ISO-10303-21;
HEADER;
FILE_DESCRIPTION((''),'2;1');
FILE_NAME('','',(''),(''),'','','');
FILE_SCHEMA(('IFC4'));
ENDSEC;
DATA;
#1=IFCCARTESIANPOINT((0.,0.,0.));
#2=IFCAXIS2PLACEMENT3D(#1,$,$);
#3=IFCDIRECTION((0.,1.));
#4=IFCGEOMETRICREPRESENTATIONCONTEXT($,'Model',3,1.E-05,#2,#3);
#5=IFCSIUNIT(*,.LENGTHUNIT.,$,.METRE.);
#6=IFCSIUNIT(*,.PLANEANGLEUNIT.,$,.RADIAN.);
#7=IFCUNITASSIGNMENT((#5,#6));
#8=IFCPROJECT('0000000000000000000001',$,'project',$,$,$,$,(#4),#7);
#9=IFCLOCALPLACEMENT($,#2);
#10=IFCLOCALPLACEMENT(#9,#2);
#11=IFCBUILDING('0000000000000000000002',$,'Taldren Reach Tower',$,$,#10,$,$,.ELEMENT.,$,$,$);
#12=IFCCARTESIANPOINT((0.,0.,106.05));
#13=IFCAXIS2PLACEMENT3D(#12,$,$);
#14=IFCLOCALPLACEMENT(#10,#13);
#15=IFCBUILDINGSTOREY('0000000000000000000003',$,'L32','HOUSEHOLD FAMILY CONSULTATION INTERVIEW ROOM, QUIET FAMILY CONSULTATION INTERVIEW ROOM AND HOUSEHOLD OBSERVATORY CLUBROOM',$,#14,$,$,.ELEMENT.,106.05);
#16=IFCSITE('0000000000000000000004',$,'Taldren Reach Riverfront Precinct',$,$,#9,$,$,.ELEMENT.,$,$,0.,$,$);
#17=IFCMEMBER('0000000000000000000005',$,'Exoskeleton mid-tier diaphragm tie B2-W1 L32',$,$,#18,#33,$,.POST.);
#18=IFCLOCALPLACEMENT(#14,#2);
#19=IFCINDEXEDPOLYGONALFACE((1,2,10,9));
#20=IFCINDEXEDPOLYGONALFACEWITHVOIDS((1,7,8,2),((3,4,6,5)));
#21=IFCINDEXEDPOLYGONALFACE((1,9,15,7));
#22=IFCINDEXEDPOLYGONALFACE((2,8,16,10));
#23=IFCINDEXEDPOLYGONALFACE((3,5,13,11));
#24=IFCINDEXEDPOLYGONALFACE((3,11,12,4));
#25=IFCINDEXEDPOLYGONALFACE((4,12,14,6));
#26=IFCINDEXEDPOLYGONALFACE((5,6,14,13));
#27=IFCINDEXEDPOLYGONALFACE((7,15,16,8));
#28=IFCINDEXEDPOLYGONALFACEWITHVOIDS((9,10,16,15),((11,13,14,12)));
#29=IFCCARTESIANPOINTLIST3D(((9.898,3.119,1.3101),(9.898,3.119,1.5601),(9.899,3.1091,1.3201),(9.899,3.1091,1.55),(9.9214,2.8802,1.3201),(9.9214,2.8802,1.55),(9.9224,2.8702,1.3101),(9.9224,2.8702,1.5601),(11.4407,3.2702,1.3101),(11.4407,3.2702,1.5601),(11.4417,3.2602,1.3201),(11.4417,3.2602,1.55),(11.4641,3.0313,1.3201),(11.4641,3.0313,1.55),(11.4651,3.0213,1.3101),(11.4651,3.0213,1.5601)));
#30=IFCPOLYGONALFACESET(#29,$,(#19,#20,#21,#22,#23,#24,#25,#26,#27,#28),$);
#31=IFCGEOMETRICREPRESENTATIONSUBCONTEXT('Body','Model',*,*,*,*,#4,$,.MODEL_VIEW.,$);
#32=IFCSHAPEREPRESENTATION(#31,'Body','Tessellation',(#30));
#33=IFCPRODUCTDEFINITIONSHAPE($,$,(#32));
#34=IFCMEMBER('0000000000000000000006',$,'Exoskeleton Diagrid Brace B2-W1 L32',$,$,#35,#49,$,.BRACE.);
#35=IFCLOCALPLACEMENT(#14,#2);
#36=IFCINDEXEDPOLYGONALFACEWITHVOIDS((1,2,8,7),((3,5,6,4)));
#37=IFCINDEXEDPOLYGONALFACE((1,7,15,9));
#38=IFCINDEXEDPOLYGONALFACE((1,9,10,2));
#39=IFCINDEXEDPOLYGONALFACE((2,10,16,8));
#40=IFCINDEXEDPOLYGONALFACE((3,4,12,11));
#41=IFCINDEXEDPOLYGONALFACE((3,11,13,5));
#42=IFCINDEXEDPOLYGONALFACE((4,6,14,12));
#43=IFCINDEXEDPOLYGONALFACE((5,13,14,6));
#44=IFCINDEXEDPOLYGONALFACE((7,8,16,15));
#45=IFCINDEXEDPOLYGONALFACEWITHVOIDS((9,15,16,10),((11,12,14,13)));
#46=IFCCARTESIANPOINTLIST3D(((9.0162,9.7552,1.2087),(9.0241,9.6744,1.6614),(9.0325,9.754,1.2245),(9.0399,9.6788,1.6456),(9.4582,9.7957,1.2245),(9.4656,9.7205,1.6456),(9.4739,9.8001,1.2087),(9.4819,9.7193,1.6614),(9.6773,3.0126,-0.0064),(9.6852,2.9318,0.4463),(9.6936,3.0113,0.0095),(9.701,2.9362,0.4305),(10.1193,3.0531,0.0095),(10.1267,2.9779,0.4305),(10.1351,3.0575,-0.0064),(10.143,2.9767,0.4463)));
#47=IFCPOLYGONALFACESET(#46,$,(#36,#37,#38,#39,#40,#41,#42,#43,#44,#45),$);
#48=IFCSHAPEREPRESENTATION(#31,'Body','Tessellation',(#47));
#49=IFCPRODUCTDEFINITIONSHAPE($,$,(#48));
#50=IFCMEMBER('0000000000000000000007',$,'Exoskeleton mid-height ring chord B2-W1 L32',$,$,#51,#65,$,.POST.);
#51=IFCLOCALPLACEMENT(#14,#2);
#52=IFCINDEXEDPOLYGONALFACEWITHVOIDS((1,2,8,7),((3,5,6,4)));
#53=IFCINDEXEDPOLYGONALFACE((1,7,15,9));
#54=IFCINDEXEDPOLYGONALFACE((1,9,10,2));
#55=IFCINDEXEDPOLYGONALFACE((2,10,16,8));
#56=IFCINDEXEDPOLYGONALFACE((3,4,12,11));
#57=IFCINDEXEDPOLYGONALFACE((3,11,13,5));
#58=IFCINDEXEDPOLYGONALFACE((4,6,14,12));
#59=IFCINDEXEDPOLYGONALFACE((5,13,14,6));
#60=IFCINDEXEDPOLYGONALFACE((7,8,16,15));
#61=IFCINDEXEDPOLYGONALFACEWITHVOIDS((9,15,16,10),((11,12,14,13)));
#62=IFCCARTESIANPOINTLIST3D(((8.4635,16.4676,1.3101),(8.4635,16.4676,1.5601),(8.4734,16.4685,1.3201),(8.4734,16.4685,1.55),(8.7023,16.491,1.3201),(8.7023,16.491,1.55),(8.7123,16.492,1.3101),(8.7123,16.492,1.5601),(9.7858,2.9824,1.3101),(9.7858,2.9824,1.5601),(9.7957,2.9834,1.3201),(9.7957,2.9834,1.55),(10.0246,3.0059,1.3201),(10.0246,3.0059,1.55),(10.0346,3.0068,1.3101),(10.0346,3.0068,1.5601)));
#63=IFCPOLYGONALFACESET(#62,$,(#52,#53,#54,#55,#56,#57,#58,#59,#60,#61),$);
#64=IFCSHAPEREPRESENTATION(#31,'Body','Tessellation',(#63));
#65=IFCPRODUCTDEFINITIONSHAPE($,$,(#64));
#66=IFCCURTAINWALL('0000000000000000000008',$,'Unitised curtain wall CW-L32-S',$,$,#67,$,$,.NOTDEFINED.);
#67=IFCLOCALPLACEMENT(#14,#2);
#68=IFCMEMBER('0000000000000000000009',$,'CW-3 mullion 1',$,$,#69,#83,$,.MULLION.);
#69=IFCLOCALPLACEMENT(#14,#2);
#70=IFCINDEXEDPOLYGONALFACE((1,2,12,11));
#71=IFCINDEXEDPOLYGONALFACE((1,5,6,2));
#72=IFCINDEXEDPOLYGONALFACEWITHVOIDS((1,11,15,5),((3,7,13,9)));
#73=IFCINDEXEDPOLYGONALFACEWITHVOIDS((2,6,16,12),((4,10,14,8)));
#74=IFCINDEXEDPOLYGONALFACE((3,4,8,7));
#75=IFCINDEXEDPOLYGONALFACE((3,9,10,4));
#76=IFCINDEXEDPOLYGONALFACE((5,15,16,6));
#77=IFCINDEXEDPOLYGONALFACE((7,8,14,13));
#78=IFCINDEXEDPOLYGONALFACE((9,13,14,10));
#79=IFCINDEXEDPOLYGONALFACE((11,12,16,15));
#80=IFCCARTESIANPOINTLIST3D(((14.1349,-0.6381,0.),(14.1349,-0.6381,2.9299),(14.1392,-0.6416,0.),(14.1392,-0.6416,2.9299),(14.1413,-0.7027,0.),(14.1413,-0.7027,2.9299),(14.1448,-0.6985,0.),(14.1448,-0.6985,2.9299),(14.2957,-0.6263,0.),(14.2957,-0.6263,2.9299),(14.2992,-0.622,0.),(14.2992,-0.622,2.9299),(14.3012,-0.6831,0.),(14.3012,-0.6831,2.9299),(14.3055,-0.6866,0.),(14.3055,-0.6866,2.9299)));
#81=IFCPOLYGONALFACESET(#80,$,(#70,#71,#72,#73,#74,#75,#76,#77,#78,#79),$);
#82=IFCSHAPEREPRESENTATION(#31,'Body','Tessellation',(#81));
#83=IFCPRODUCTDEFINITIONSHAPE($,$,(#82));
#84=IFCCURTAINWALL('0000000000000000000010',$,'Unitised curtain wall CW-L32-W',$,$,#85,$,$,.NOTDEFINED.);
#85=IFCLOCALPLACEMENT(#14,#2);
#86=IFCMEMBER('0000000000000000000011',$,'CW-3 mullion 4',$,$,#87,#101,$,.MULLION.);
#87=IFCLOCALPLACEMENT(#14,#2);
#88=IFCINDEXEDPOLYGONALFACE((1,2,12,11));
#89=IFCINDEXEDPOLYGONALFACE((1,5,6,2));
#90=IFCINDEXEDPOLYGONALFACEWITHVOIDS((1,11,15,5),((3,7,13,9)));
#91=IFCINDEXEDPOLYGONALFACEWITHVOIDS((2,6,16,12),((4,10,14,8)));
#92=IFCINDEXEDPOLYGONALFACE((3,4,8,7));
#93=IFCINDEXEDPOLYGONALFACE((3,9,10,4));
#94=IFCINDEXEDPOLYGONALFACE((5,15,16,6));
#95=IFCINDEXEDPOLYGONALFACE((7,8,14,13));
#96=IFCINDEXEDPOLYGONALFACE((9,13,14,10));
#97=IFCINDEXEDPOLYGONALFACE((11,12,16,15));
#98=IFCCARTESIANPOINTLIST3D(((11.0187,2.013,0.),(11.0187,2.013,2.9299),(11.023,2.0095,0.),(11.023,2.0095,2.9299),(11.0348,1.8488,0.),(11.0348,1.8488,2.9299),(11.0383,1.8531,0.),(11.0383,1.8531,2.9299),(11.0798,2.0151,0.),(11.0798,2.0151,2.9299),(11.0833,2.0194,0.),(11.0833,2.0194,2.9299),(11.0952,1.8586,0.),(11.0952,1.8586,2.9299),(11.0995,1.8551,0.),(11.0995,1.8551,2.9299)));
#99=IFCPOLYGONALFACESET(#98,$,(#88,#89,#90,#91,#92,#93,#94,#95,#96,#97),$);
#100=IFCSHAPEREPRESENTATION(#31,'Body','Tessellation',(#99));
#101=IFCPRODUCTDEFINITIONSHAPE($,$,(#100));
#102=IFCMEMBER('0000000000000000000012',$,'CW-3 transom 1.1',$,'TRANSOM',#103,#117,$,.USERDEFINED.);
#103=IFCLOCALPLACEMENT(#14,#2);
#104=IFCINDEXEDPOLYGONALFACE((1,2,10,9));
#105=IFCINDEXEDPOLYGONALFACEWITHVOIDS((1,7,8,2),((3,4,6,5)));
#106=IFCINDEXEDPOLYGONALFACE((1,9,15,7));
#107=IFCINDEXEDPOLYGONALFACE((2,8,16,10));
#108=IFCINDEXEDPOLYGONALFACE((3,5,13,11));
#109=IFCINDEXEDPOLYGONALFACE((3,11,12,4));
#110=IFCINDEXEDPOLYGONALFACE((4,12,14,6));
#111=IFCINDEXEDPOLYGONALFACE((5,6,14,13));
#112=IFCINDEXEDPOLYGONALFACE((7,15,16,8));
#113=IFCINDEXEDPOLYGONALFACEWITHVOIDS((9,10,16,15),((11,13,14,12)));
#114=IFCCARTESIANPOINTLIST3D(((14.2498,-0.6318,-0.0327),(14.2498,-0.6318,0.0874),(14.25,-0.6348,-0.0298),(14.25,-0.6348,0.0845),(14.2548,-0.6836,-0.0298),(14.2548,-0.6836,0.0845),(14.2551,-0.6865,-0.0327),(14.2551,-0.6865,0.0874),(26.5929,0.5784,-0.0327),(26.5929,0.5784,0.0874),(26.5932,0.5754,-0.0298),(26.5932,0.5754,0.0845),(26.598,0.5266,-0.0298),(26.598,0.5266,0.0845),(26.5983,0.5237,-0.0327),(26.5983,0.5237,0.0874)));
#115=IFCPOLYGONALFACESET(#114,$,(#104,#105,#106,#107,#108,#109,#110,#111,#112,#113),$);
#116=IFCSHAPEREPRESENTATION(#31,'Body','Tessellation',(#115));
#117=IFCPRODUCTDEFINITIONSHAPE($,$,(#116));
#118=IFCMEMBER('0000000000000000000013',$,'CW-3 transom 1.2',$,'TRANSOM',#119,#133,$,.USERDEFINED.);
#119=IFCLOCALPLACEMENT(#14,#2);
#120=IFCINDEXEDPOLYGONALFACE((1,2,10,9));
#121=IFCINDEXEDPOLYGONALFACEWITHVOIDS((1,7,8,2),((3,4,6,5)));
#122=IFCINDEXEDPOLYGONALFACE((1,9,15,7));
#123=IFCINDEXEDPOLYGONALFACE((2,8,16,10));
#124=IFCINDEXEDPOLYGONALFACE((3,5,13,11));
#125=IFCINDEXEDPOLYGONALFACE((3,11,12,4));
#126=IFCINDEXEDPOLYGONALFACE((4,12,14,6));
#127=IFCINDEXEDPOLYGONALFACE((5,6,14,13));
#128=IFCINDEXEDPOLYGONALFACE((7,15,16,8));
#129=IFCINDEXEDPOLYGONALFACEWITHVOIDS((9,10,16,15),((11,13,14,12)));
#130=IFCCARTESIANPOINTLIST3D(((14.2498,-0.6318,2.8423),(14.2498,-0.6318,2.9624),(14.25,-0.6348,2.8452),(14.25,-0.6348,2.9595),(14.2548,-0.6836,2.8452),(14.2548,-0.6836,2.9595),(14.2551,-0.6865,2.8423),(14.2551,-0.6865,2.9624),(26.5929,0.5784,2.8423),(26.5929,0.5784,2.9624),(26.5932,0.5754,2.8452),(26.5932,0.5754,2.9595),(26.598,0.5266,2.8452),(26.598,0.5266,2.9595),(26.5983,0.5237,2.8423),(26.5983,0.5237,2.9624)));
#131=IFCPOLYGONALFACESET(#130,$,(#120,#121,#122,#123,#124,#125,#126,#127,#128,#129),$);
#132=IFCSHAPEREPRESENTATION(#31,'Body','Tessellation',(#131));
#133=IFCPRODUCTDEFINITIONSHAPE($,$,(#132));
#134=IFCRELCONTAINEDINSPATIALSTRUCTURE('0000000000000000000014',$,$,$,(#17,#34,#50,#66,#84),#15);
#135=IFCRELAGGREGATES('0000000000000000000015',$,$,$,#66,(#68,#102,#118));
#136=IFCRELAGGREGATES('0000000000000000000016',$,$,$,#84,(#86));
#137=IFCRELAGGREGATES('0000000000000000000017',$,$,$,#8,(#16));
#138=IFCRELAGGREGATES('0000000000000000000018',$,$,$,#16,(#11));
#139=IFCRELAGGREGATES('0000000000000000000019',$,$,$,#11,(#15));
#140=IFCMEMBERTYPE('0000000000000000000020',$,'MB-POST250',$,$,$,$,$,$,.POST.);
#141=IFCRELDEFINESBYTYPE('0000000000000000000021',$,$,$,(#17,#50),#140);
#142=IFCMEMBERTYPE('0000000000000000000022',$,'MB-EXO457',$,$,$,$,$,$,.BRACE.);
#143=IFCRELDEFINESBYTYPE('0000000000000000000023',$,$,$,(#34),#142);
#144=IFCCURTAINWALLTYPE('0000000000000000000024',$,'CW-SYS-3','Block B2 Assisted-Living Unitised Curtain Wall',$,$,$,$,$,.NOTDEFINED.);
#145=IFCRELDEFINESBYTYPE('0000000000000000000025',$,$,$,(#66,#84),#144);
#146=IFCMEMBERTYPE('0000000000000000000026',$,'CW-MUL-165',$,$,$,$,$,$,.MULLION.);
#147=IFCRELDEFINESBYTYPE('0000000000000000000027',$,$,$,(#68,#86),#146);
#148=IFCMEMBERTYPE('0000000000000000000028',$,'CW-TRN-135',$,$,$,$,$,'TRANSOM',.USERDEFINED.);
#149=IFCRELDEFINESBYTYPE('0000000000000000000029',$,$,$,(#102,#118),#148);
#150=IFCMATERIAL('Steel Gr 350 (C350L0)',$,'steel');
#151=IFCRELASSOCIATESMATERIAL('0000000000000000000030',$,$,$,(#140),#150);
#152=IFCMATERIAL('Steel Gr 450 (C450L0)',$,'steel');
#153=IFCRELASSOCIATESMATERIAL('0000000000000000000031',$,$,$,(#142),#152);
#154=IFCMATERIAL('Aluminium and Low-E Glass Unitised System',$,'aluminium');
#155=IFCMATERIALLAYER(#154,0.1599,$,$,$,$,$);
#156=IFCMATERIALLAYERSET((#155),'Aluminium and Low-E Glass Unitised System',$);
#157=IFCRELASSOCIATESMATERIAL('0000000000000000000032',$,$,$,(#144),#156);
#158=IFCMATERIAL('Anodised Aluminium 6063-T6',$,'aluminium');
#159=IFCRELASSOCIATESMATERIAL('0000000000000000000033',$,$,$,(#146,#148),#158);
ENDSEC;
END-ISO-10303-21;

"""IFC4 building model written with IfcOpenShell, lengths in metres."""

from ifc_helpers import new_model, si_unit, direction, frame, origin, origin_2d, place, context, subcontext, project, spatial, hollow_rectangle, extrude, source, transform, mapped, material, layer, layer_set, material_profile, profile_set, type_object, element, aggregate, save


model = new_model("IFC4")

# Units and contexts
model_context = context("Model", 3, precision=1e-05, world=origin(), true_north=direction((0.0, 1.0)))
body_context = subcontext(model_context, "Body", "Model", "MODEL_VIEW")
ifc_project = project(units=[si_unit("LENGTHUNIT", "METRE"), si_unit("PLANEANGLEUNIT", "RADIAN")], contexts=[model_context])

# Site, building, storey
site_placement = place(None, origin())
site = spatial("IfcSite", under=ifc_project, at=site_placement, Name="Taldren Reach Riverfront Precinct", CompositionType="ELEMENT", RefElevation=0.0)
building_placement = place(site_placement, origin())
building = spatial("IfcBuilding", under=site, at=building_placement, Name="Taldren Reach Tower", CompositionType="ELEMENT")
storey_placement = place(building_placement, frame((0.0, 0.0, 106.05)))
storey = spatial("IfcBuildingStorey", under=building, at=storey_placement, Name="L32", Description="HOUSEHOLD FAMILY CONSULTATION INTERVIEW ROOM, QUIET FAMILY CONSULTATION INTERVIEW ROOM AND HOUSEHOLD OBSERVATORY CLUBROOM", CompositionType="ELEMENT", Elevation=106.05)

# Members
ifc_material_1 = material(Name="Steel Gr 450 (C450L0)", Category="steel")
ifc_material_2 = material(Name="Steel Gr 350 (C350L0)", Category="steel")
ifc_material_profile_1 = material_profile(ifc_material_2, hollow_rectangle(XDim=0.25, YDim=0.25, WallThickness=0.01, at=origin_2d()), Name="250x250x10.0SHS")
ifc_profile_set_1 = profile_set([ifc_material_profile_1], Name="Steel Gr 350 (C350L0)")
member_type_1 = type_object("IfcMemberType", Name="MB-POST250", PredefinedType="POST", material=ifc_profile_set_1)
shared_shape_1 = source(origin(), body_context, "Body", "SweptSolid", [
    extrude(hollow_rectangle(XDim=0.25, YDim=0.25, WallThickness=0.01, at=origin_2d()), origin(), (0.0, 0.0, 1.0), 1.55),
])
for number, where, z_axis, x_axis, name in (
    (1, (11.4529, 3.1458, 1.4351), (-0.995236, -0.097492, 0.0), (0.097492, -0.995236, 0.0), "Exoskeleton mid-tier diaphragm tie B2-W1 L32"),
):
    element("IfcMember", number, at=place(storey_placement, frame(where, z_axis=z_axis, x_axis=x_axis)), inside=storey, type_object=member_type_1, Name=name, PredefinedType="POST", context=body_context, shape_type="MappedRepresentation", body=[
        mapped(shared_shape_1, transform((0.0, 0.0, 0.0), scale=1.0)),
    ])
ifc_material_profile_2 = material_profile(ifc_material_1, hollow_rectangle(XDim=0.46, YDim=0.46, WallThickness=0.0161, at=origin_2d()), Name="460x460x16.0SHS")
ifc_profile_set_2 = profile_set([ifc_material_profile_2], Name="Steel Gr 450 (C450L0)")
member_type_2 = type_object("IfcMemberType", Name="MB-EXO457", PredefinedType="BRACE", material=ifc_profile_set_2)
shared_shape_2 = source(origin(), body_context, "Body", "SweptSolid", [
    extrude(hollow_rectangle(XDim=0.46, YDim=0.46, WallThickness=0.0161, at=origin_2d()), origin(), (0.0, 0.0, 1.0), 6.8831),
])
member_1_placement = place(storey_placement, frame((9.9102, 2.9946, 0.22), z_axis=(-0.096051, 0.979597, 0.176532), x_axis=(-0.995227, -0.097584, 0.0)))
element("IfcMember", 2, at=member_1_placement, inside=storey, type_object=member_type_2, Name="Exoskeleton Diagrid Brace B2-W1 L32", PredefinedType="BRACE", context=body_context, shape_type="MappedRepresentation", body=[
    mapped(shared_shape_2, transform((0.0, 0.0, 0.0), scale=1.0)),
])
shared_shape_3 = source(origin(), body_context, "Body", "SweptSolid", [
    extrude(hollow_rectangle(XDim=0.25, YDim=0.25, WallThickness=0.01, at=origin_2d()), origin(), (0.0, 0.0, 1.0), 13.5498),
])
member_2_placement = place(storey_placement, frame((9.9102, 2.9946, 1.4351), z_axis=(-0.097586, 0.995227, 0.0), x_axis=(-0.995227, -0.097586, 0.0)))
element("IfcMember", 3, at=member_2_placement, inside=storey, type_object=member_type_1, Name="Exoskeleton mid-height ring chord B2-W1 L32", PredefinedType="POST", context=body_context, shape_type="MappedRepresentation", body=[
    mapped(shared_shape_3, transform((0.0, 0.0, 0.0), scale=1.0)),
])

# Curtain walls, members
ifc_material_3 = material(Name="Aluminium and Low-E Glass Unitised System", Category="aluminium")
ifc_layer_1 = layer(ifc_material_3, 0.1599)
ifc_layer_set_1 = layer_set([ifc_layer_1], Name="Aluminium and Low-E Glass Unitised System")
curtain_wall_type = type_object("IfcCurtainWallType", Name="CW-SYS-3", Description="Block B2 Assisted-Living Unitised Curtain Wall", PredefinedType="NOTDEFINED", material=ifc_layer_set_1)
curtain_wall_1_placement = place(storey_placement, origin())
curtain_wall_1 = element("IfcCurtainWall", 4, at=curtain_wall_1_placement, inside=storey, type_object=curtain_wall_type, Name="Unitised curtain wall CW-L32-S", PredefinedType="NOTDEFINED")
ifc_material_4 = material(Name="Anodised Aluminium 6063-T6", Category="aluminium")
ifc_material_profile_3 = material_profile(ifc_material_4, hollow_rectangle(XDim=0.0649, YDim=0.165, WallThickness=0.0039, at=origin_2d()), Name="ALU-165x65x4RHS")
ifc_profile_set_3 = profile_set([ifc_material_profile_3], Name="Anodised Aluminium 6063-T6")
member_type_3 = type_object("IfcMemberType", Name="CW-MUL-165", PredefinedType="MULLION", material=ifc_profile_set_3)
shared_shape_4 = source(origin(), body_context, "Body", "SweptSolid", [
    extrude(hollow_rectangle(XDim=0.0649, YDim=0.165, WallThickness=0.0039, at=origin_2d()), origin(), (0.0, 0.0, 1.0), 2.9299),
])
member_3_placement = place(storey_placement, frame((14.2202, -0.6624, 0.0), z_axis=(0.0, 0.0, 1.0), x_axis=(-0.097583, 0.995227, 0.0)))
member_3 = element("IfcMember", 5, at=member_3_placement, type_object=member_type_3, Name="CW-3 mullion 1", PredefinedType="MULLION", context=body_context, shape_type="MappedRepresentation", body=[
    mapped(shared_shape_4, transform((0.0, 0.0, 0.0), scale=1.0)),
])
curtain_wall_2_placement = place(storey_placement, origin())
curtain_wall_2 = element("IfcCurtainWall", 6, at=curtain_wall_2_placement, inside=storey, type_object=curtain_wall_type, Name="Unitised curtain wall CW-L32-W", PredefinedType="NOTDEFINED")
member_4_placement = place(storey_placement, frame((11.0591, 1.9341, 0.0), z_axis=(0.0, 0.0, 1.0), x_axis=(0.995227, 0.097583, 0.0)))
member_4 = element("IfcMember", 7, at=member_4_placement, type_object=member_type_3, Name="CW-3 mullion 4", PredefinedType="MULLION", context=body_context, shape_type="MappedRepresentation", body=[
    mapped(shared_shape_4, transform((0.0, 0.0, 0.0), scale=1.0)),
])

# Members
ifc_material_profile_4 = material_profile(ifc_material_4, hollow_rectangle(XDim=0.0549, YDim=0.1201, WallThickness=0.0029, at=origin_2d()), Name="ALU-120x55x3RHS")
ifc_profile_set_4 = profile_set([ifc_material_profile_4], Name="Anodised Aluminium 6063-T6")
member_type_4 = type_object("IfcMemberType", Name="CW-TRN-135", ElementType="TRANSOM", PredefinedType="USERDEFINED", material=ifc_profile_set_4)
shared_shape_5 = source(origin(), body_context, "Body", "SweptSolid", [
    extrude(hollow_rectangle(XDim=0.0549, YDim=0.1201, WallThickness=0.0029, at=origin_2d()), origin(), (0.0, 0.0, 1.0), 12.4023),
])
member_5_placement = place(storey_placement, frame((14.2524, -0.6592, 0.0273), z_axis=(0.995228, 0.097578, 0.0), x_axis=(-0.097578, 0.995228, 0.0)))
member_5 = element("IfcMember", 8, at=member_5_placement, type_object=member_type_4, Name="CW-3 transom 1.1", ObjectType="TRANSOM", PredefinedType="USERDEFINED", context=body_context, shape_type="MappedRepresentation", body=[
    mapped(shared_shape_5, transform((0.0, 0.0, 0.0), scale=1.0)),
])
member_6_placement = place(storey_placement, frame((14.2524, -0.6592, 2.9023), z_axis=(0.995228, 0.097578, 0.0), x_axis=(-0.097578, 0.995228, 0.0)))
member_6 = element("IfcMember", 9, at=member_6_placement, type_object=member_type_4, Name="CW-3 transom 1.2", ObjectType="TRANSOM", PredefinedType="USERDEFINED", context=body_context, shape_type="MappedRepresentation", body=[
    mapped(shared_shape_5, transform((0.0, 0.0, 0.0), scale=1.0)),
])
aggregate(curtain_wall_1, [member_3, member_5, member_6])

aggregate(curtain_wall_2, [member_4])

save(model, "model.ifc")
